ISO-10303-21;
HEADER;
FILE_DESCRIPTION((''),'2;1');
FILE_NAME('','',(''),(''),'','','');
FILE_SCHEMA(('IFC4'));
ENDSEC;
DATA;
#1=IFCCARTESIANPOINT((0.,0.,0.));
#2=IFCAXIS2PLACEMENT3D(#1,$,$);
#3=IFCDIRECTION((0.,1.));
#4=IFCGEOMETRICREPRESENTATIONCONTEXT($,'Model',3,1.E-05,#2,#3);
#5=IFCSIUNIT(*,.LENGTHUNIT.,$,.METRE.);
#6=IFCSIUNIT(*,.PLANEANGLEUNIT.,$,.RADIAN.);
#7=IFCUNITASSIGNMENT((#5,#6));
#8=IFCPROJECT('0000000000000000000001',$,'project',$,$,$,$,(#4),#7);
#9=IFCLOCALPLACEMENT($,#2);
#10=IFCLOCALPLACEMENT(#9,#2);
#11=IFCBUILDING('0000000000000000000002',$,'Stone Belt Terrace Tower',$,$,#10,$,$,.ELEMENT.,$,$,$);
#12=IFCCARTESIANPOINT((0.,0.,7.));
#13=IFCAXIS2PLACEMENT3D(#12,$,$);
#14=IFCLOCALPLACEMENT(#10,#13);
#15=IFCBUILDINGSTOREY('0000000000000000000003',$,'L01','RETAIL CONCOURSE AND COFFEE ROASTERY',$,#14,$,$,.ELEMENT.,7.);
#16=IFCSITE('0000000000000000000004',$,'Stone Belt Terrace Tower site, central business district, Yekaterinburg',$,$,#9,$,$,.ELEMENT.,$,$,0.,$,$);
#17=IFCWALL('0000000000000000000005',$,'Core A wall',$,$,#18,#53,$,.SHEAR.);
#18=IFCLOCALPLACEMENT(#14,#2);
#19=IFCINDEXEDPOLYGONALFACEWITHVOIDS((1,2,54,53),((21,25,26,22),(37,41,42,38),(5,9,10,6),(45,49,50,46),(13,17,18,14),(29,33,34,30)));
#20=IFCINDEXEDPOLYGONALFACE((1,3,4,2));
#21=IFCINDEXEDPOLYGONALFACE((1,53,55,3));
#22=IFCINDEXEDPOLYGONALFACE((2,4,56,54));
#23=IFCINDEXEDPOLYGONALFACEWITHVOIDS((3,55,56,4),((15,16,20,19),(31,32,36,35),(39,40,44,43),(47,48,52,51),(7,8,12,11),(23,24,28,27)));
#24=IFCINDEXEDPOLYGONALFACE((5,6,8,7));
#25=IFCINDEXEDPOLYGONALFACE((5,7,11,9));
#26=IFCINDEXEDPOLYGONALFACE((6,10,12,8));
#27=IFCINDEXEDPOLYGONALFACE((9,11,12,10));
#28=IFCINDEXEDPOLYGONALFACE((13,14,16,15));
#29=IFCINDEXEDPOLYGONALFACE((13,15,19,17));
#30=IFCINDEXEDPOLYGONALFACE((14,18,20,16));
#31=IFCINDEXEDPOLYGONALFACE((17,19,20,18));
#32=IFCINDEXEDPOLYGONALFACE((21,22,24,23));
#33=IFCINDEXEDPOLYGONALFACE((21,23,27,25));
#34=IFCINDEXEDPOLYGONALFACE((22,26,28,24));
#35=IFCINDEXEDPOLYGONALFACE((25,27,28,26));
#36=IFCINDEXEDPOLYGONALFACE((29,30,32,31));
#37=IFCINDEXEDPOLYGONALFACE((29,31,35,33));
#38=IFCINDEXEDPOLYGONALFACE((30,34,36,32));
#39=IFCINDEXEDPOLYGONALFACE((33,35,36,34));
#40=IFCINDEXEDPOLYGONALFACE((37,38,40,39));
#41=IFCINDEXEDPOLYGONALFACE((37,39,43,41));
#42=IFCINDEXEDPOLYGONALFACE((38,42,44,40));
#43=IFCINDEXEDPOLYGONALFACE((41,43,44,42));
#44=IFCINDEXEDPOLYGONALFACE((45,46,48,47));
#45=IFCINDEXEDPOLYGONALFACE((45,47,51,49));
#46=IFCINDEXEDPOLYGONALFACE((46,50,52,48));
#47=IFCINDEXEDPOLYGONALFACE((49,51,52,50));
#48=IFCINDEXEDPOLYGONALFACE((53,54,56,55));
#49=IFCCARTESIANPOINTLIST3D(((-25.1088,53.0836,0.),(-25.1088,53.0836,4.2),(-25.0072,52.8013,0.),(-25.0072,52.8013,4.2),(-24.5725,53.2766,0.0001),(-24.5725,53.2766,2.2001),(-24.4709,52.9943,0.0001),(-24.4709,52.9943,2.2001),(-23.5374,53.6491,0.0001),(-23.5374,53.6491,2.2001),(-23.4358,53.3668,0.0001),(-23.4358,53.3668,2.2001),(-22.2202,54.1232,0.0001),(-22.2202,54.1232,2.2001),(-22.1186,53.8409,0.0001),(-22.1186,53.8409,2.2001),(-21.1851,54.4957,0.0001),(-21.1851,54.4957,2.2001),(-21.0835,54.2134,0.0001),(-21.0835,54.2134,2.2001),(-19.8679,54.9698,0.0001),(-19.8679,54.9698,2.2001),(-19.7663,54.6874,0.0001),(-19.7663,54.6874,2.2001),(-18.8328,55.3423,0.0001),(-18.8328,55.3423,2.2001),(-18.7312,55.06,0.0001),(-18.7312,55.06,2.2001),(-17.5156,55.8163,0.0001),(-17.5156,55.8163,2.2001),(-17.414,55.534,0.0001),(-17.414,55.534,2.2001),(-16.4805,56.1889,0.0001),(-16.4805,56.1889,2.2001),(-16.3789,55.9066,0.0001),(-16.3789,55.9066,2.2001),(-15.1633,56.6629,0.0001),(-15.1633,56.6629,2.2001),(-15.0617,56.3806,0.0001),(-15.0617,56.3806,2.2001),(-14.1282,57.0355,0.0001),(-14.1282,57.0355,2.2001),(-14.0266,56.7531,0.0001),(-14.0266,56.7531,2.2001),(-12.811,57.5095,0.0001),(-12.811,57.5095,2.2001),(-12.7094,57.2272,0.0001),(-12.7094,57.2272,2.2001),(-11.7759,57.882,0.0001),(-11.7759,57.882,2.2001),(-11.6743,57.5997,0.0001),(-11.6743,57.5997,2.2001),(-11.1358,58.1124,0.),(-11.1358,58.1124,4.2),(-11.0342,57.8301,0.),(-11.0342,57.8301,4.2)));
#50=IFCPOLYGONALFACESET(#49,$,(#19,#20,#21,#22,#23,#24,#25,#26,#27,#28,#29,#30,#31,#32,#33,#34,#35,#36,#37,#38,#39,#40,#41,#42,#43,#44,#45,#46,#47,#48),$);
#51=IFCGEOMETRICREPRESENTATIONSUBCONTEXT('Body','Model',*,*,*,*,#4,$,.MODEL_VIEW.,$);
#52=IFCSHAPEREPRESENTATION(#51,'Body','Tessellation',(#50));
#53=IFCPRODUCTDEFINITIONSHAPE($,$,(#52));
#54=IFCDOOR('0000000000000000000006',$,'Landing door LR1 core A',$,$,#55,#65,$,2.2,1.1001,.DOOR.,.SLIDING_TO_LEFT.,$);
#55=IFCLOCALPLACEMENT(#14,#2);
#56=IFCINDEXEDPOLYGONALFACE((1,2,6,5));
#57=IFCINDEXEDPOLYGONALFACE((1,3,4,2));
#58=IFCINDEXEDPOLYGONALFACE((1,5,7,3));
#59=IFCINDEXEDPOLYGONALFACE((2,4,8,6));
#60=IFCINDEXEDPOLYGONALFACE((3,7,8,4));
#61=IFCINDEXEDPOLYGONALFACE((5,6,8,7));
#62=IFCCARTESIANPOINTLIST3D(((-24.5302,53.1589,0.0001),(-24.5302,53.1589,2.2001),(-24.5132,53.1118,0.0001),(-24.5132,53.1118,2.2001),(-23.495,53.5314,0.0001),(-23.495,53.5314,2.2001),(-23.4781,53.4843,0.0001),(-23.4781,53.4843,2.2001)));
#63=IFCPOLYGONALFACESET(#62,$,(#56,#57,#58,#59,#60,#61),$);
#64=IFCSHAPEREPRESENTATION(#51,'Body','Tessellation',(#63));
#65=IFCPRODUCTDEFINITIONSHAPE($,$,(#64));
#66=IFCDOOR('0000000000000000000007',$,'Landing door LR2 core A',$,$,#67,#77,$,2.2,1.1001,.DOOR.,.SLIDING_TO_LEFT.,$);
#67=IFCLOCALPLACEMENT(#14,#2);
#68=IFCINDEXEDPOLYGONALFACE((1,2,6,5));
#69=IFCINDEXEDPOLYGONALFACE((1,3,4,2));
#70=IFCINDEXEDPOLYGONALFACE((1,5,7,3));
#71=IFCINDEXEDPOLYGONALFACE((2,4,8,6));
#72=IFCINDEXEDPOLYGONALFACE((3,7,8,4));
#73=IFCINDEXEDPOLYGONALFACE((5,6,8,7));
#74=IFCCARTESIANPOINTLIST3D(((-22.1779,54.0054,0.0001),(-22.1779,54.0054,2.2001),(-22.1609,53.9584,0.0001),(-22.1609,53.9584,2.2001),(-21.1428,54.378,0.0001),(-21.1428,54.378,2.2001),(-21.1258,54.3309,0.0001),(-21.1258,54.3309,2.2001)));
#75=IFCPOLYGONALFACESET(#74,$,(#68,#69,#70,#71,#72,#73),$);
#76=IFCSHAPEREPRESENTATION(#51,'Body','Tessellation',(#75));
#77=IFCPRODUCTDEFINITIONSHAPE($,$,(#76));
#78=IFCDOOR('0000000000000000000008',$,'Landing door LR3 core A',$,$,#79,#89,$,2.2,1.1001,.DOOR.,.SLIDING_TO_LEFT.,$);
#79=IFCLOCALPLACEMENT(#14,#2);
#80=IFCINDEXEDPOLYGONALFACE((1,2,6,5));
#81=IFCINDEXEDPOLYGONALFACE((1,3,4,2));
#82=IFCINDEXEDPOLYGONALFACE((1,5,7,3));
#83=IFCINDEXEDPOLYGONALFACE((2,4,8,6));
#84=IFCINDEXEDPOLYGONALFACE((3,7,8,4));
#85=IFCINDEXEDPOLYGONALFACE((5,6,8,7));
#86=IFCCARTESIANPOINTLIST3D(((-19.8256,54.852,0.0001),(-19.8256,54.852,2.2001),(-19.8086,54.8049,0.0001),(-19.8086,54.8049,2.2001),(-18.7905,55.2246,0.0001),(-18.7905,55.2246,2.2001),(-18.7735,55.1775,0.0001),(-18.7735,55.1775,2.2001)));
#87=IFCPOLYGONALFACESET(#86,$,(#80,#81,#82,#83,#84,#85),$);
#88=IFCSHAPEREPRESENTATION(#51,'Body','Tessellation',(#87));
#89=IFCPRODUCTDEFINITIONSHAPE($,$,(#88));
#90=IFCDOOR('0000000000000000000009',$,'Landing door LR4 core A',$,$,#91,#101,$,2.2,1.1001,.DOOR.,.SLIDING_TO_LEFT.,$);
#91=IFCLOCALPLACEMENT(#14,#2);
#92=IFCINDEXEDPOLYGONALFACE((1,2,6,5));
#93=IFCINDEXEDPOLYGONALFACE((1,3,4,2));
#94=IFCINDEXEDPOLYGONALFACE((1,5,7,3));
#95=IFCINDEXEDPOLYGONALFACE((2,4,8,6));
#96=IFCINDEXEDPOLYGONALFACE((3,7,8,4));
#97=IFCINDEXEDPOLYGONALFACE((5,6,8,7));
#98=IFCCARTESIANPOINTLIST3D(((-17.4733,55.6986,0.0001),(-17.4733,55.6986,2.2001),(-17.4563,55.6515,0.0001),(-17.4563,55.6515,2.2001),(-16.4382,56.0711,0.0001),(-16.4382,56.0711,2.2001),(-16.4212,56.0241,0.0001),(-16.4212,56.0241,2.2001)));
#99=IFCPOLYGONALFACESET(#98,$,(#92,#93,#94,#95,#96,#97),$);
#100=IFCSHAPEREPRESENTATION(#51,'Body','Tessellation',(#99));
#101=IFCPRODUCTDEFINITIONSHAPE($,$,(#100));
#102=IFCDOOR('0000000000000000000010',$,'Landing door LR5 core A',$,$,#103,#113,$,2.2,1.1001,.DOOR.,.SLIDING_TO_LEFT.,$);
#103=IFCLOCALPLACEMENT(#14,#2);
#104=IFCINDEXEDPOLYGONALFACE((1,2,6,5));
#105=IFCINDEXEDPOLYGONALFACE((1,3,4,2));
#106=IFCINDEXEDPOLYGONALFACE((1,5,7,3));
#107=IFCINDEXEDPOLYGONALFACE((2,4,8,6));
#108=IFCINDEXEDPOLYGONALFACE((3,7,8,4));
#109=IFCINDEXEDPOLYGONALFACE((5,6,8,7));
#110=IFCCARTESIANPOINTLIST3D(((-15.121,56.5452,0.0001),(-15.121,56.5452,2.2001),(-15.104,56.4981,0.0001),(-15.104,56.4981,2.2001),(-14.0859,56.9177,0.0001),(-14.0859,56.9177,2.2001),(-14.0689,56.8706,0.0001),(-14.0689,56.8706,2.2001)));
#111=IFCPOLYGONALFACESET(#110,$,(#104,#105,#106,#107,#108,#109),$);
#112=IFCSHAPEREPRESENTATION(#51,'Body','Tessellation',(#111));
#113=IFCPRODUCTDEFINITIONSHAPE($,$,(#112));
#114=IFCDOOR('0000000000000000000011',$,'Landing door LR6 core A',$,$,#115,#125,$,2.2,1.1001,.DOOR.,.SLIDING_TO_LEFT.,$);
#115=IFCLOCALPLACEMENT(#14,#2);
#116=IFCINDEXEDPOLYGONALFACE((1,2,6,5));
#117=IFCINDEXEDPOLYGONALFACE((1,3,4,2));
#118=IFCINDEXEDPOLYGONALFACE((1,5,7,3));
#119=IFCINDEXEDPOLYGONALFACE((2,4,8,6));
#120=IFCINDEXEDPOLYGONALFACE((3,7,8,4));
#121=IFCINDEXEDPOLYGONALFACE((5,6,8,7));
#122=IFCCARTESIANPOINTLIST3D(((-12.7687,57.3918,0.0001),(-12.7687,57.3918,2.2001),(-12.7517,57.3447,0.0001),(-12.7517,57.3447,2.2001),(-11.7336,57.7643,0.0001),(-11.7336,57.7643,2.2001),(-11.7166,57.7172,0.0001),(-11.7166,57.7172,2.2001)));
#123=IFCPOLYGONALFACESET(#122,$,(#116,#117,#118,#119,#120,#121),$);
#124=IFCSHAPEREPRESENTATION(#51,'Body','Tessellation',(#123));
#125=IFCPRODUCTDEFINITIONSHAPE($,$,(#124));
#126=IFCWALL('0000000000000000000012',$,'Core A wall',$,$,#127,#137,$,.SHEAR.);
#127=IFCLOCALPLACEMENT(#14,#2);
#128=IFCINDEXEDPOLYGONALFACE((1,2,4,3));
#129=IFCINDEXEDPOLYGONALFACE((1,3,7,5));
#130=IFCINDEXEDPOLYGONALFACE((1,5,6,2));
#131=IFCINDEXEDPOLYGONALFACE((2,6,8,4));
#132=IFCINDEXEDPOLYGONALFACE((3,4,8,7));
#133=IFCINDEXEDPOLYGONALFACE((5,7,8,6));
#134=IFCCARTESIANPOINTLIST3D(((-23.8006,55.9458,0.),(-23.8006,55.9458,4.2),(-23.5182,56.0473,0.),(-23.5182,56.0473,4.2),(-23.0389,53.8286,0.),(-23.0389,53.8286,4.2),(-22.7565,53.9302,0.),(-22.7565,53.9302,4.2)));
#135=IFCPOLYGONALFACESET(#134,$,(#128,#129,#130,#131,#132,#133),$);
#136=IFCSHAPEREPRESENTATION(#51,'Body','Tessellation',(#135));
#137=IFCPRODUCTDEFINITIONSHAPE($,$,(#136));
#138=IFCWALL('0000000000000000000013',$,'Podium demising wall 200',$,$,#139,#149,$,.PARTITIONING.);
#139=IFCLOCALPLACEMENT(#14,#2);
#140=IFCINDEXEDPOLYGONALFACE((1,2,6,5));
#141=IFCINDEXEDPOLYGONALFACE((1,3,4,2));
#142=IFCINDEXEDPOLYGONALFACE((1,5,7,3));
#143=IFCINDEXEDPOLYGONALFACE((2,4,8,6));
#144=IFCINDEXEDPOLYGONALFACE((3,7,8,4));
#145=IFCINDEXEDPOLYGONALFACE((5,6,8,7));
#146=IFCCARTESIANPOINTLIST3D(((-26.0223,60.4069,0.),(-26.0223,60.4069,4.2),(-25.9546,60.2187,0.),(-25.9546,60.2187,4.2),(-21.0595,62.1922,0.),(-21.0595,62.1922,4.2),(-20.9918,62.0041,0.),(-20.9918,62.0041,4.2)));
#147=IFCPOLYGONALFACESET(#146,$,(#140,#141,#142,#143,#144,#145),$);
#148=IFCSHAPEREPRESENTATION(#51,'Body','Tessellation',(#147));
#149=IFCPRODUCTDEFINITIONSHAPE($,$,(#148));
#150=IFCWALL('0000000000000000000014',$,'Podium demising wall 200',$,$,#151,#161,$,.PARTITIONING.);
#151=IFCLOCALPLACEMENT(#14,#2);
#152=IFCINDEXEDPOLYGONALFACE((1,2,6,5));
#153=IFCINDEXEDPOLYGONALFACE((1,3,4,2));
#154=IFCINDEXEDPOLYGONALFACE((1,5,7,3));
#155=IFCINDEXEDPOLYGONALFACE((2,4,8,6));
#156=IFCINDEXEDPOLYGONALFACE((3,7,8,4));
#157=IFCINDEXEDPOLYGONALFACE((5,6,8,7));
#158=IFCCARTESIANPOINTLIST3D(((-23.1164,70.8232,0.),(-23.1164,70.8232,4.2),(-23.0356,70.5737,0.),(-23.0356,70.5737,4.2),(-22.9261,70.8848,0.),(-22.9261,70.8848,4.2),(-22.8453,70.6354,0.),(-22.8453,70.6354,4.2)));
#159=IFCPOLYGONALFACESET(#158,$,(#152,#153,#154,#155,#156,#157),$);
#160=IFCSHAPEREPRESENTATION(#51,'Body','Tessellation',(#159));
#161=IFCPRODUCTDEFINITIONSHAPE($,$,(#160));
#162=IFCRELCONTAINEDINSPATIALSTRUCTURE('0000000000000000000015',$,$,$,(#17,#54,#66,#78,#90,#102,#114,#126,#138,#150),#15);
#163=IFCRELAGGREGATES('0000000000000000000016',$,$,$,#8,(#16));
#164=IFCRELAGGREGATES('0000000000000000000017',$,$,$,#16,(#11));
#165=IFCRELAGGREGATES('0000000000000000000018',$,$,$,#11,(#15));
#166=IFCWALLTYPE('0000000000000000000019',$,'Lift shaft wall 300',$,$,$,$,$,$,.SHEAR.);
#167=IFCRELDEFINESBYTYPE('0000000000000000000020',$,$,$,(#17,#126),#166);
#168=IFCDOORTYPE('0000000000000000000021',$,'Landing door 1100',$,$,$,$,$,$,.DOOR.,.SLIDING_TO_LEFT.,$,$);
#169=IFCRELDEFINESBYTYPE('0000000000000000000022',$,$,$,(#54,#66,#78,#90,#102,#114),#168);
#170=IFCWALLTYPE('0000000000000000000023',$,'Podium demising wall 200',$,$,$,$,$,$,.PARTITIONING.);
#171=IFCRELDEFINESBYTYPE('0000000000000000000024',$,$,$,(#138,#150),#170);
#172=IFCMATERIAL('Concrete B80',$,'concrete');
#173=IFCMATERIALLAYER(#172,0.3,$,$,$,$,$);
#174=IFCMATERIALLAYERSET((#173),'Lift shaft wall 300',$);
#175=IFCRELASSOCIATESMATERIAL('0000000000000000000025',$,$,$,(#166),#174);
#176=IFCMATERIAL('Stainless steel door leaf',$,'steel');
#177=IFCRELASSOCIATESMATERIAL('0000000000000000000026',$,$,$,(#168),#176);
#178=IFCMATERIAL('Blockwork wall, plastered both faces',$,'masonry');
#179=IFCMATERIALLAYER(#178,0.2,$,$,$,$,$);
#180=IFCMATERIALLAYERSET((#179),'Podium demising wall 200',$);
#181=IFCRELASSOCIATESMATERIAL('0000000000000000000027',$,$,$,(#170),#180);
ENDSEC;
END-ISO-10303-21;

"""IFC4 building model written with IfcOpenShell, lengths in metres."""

from ifc_helpers import new_model, si_unit, direction, frame, frame_2d, origin, place, context, subcontext, project, spatial, rectangle, extrude, material, layer, layer_set, type_object, element, fill, save


model = new_model("IFC4")

# Units and contexts
model_context = context("Model", 3, precision=1e-05, world=origin(), true_north=direction((0.0, 1.0)))
body_context = subcontext(model_context, "Body", "Model", "MODEL_VIEW")
ifc_project = project(units=[si_unit("LENGTHUNIT", "METRE"), si_unit("PLANEANGLEUNIT", "RADIAN")], contexts=[model_context])

# Site, building, storey
site_placement = place(None, origin())
site = spatial("IfcSite", under=ifc_project, at=site_placement, Name="Stone Belt Terrace Tower site, central business district, Yekaterinburg", CompositionType="ELEMENT", RefElevation=0.0)
building_placement = place(site_placement, origin())
building = spatial("IfcBuilding", under=site, at=building_placement, Name="Stone Belt Terrace Tower", CompositionType="ELEMENT")
storey_placement = place(building_placement, frame((0.0, 0.0, 7.0)))
storey = spatial("IfcBuildingStorey", under=building, at=storey_placement, Name="L01", Description="RETAIL CONCOURSE AND COFFEE ROASTERY", CompositionType="ELEMENT", Elevation=7.0)

# Shared definitions
ifc_material_1 = material(Name="Concrete B80", Category="concrete")

# Shared definitions
ifc_layer_1 = layer(ifc_material_1, 0.3)
ifc_layer_set_1 = layer_set([ifc_layer_1], Name="Lift shaft wall 300")
wall_type_1 = type_object("IfcWallType", Name="Lift shaft wall 300", PredefinedType="SHEAR", material=ifc_layer_set_1)
ifc_material_2 = material(Name="Stainless steel door leaf", Category="steel")

# Wall, openings, doors
wall_1_placement = place(storey_placement, frame((-25.0581, 52.9424, 0.0), z_axis=(0.0, 0.0, 1.0), x_axis=(0.940918, 0.338634, 0.0)))
wall_1 = element("IfcWall", 1, at=wall_1_placement, inside=storey, type_object=wall_type_1, Name="Core A wall", PredefinedType="SHEAR", context=body_context, shape_type="SweptSolid", body=[
    extrude(rectangle(XDim=14.8503, YDim=0.3, at=frame_2d((7.4253, 0.0))), origin(), (0.0, 0.0, 1.0), 4.2),
])
opening_1_placement = place(wall_1_placement, frame((0.5701, 0.0, 0.0)))
opening_1 = element("IfcOpeningElement", 2, at=opening_1_placement, cuts=wall_1, PredefinedType="OPENING", context=body_context, shape_type="SweptSolid", body=[
    extrude(rectangle(XDim=1.1001, YDim=2.2, at=frame_2d((0.55, 1.1001))), frame((0.0, 0.1599, 0.0), z_axis=(0.0, -1.0, 0.0), x_axis=(1.0, 0.0, 0.0)), (0.0, 0.0, 1.0), 0.3201),
])
opening_2_placement = place(wall_1_placement, frame((3.0701, 0.0, 0.0)))
opening_2 = element("IfcOpeningElement", 3, at=opening_2_placement, cuts=wall_1, PredefinedType="OPENING", context=body_context, shape_type="SweptSolid", body=[
    extrude(rectangle(XDim=1.1001, YDim=2.2, at=frame_2d((0.55, 1.1001))), frame((0.0, 0.1599, 0.0), z_axis=(0.0, -1.0, 0.0), x_axis=(1.0, 0.0, 0.0)), (0.0, 0.0, 1.0), 0.3201),
])
opening_3_placement = place(wall_1_placement, frame((5.5701, 0.0, 0.0)))
opening_3 = element("IfcOpeningElement", 4, at=opening_3_placement, cuts=wall_1, PredefinedType="OPENING", context=body_context, shape_type="SweptSolid", body=[
    extrude(rectangle(XDim=1.1001, YDim=2.2, at=frame_2d((0.55, 1.1001))), frame((0.0, 0.1599, 0.0), z_axis=(0.0, -1.0, 0.0), x_axis=(1.0, 0.0, 0.0)), (0.0, 0.0, 1.0), 0.3201),
])
opening_4_placement = place(wall_1_placement, frame((8.0701, 0.0, 0.0)))
opening_4 = element("IfcOpeningElement", 5, at=opening_4_placement, cuts=wall_1, PredefinedType="OPENING", context=body_context, shape_type="SweptSolid", body=[
    extrude(rectangle(XDim=1.1001, YDim=2.2, at=frame_2d((0.55, 1.1001))), frame((0.0, 0.1599, 0.0), z_axis=(0.0, -1.0, 0.0), x_axis=(1.0, 0.0, 0.0)), (0.0, 0.0, 1.0), 0.3201),
])
opening_5_placement = place(wall_1_placement, frame((10.5701, 0.0, 0.0)))
opening_5 = element("IfcOpeningElement", 6, at=opening_5_placement, cuts=wall_1, PredefinedType="OPENING", context=body_context, shape_type="SweptSolid", body=[
    extrude(rectangle(XDim=1.1001, YDim=2.2, at=frame_2d((0.55, 1.1001))), frame((0.0, 0.1599, 0.0), z_axis=(0.0, -1.0, 0.0), x_axis=(1.0, 0.0, 0.0)), (0.0, 0.0, 1.0), 0.3201),
])
opening_6_placement = place(wall_1_placement, frame((13.0701, 0.0, 0.0)))
opening_6 = element("IfcOpeningElement", 7, at=opening_6_placement, cuts=wall_1, PredefinedType="OPENING", context=body_context, shape_type="SweptSolid", body=[
    extrude(rectangle(XDim=1.1001, YDim=2.2, at=frame_2d((0.55, 1.1001))), frame((0.0, 0.1599, 0.0), z_axis=(0.0, -1.0, 0.0), x_axis=(1.0, 0.0, 0.0)), (0.0, 0.0, 1.0), 0.3201),
])
door_type_1 = type_object("IfcDoorType", Name="Landing door 1100", OperationType="SLIDING_TO_LEFT", PredefinedType="DOOR", material=ifc_material_2)
door_1_placement = place(opening_1_placement, origin())
door_1 = element("IfcDoor", 8, at=door_1_placement, inside=storey, type_object=door_type_1, Name="Landing door LR1 core A", OperationType="SLIDING_TO_LEFT", OverallHeight=2.2, OverallWidth=1.1001, PredefinedType="DOOR", context=body_context, shape_type="SweptSolid", body=[
    extrude(rectangle(XDim=1.1001, YDim=2.2, at=frame_2d((0.55, 1.1001))), frame((0.0, 0.0249, 0.0), z_axis=(0.0, -1.0, 0.0), x_axis=(1.0, 0.0, 0.0)), (0.0, 0.0, 1.0), 0.05),
])
fill(opening_1, door_1)
door_2_placement = place(opening_2_placement, origin())
door_2 = element("IfcDoor", 9, at=door_2_placement, inside=storey, type_object=door_type_1, Name="Landing door LR2 core A", OperationType="SLIDING_TO_LEFT", OverallHeight=2.2, OverallWidth=1.1001, PredefinedType="DOOR", context=body_context, shape_type="SweptSolid", body=[
    extrude(rectangle(XDim=1.1001, YDim=2.2, at=frame_2d((0.55, 1.1001))), frame((0.0, 0.0249, 0.0), z_axis=(0.0, -1.0, 0.0), x_axis=(1.0, 0.0, 0.0)), (0.0, 0.0, 1.0), 0.05),
])
fill(opening_2, door_2)
door_3_placement = place(opening_3_placement, origin())
door_3 = element("IfcDoor", 10, at=door_3_placement, inside=storey, type_object=door_type_1, Name="Landing door LR3 core A", OperationType="SLIDING_TO_LEFT", OverallHeight=2.2, OverallWidth=1.1001, PredefinedType="DOOR", context=body_context, shape_type="SweptSolid", body=[
    extrude(rectangle(XDim=1.1001, YDim=2.2, at=frame_2d((0.55, 1.1001))), frame((0.0, 0.0249, 0.0), z_axis=(0.0, -1.0, 0.0), x_axis=(1.0, 0.0, 0.0)), (0.0, 0.0, 1.0), 0.05),
])
fill(opening_3, door_3)
door_4_placement = place(opening_4_placement, origin())
door_4 = element("IfcDoor", 11, at=door_4_placement, inside=storey, type_object=door_type_1, Name="Landing door LR4 core A", OperationType="SLIDING_TO_LEFT", OverallHeight=2.2, OverallWidth=1.1001, PredefinedType="DOOR", context=body_context, shape_type="SweptSolid", body=[
    extrude(rectangle(XDim=1.1001, YDim=2.2, at=frame_2d((0.55, 1.1001))), frame((0.0, 0.0249, 0.0), z_axis=(0.0, -1.0, 0.0), x_axis=(1.0, 0.0, 0.0)), (0.0, 0.0, 1.0), 0.05),
])
fill(opening_4, door_4)
door_5_placement = place(opening_5_placement, origin())
door_5 = element("IfcDoor", 12, at=door_5_placement, inside=storey, type_object=door_type_1, Name="Landing door LR5 core A", OperationType="SLIDING_TO_LEFT", OverallHeight=2.2, OverallWidth=1.1001, PredefinedType="DOOR", context=body_context, shape_type="SweptSolid", body=[
    extrude(rectangle(XDim=1.1001, YDim=2.2, at=frame_2d((0.55, 1.1001))), frame((0.0, 0.0249, 0.0), z_axis=(0.0, -1.0, 0.0), x_axis=(1.0, 0.0, 0.0)), (0.0, 0.0, 1.0), 0.05),
])
fill(opening_5, door_5)
door_6_placement = place(opening_6_placement, origin())
door_6 = element("IfcDoor", 13, at=door_6_placement, inside=storey, type_object=door_type_1, Name="Landing door LR6 core A", OperationType="SLIDING_TO_LEFT", OverallHeight=2.2, OverallWidth=1.1001, PredefinedType="DOOR", context=body_context, shape_type="SweptSolid", body=[
    extrude(rectangle(XDim=1.1001, YDim=2.2, at=frame_2d((0.55, 1.1001))), frame((0.0, 0.0249, 0.0), z_axis=(0.0, -1.0, 0.0), x_axis=(1.0, 0.0, 0.0)), (0.0, 0.0, 1.0), 0.05),
])
fill(opening_6, door_6)

# Walls
wall_2_placement = place(storey_placement, frame((-22.8977, 53.8794, 0.0), z_axis=(0.0, 0.0, 1.0), x_axis=(-0.338535, 0.940954, 0.0)))
element("IfcWall", 14, at=wall_2_placement, inside=storey, type_object=wall_type_1, Name="Core A wall", PredefinedType="SHEAR", context=body_context, shape_type="SweptSolid", body=[
    extrude(rectangle(XDim=2.25, YDim=0.3, at=frame_2d((1.125, 0.0))), origin(), (0.0, 0.0, 1.0), 4.2),
])
ifc_material_3 = material(Name="Blockwork wall, plastered both faces", Category="masonry")
ifc_layer_2 = layer(ifc_material_3, 0.2)
ifc_layer_set_2 = layer_set([ifc_layer_2], Name="Podium demising wall 200")
wall_type_2 = type_object("IfcWallType", Name="Podium demising wall 200", PredefinedType="PARTITIONING", material=ifc_layer_set_2)
wall_3_placement = place(storey_placement, frame((-25.9885, 60.3127, 0.0), z_axis=(0.0, 0.0, 1.0), x_axis=(0.940962, 0.338511, 0.0)))
element("IfcWall", 15, at=wall_3_placement, inside=storey, type_object=wall_type_2, Name="Podium demising wall 200", PredefinedType="PARTITIONING", context=body_context, shape_type="SweptSolid", body=[
    extrude(rectangle(XDim=5.2742, YDim=0.2, at=frame_2d((2.6372, 0.0))), origin(), (0.0, 0.0, 1.0), 4.2),
])
wall_4_placement = place(storey_placement, frame((-23.0212, 70.854, 0.0), z_axis=(0.0, 0.0, 1.0), x_axis=(0.308118, -0.951348, 0.0)))
element("IfcWall", 16, at=wall_4_placement, inside=storey, type_object=wall_type_2, Name="Podium demising wall 200", PredefinedType="PARTITIONING", context=body_context, shape_type="SweptSolid", body=[
    extrude(rectangle(XDim=0.2622, YDim=0.2, at=frame_2d((0.1311, 0.0))), origin(), (0.0, 0.0, 1.0), 4.2),
])

save(model, "model.ifc")
